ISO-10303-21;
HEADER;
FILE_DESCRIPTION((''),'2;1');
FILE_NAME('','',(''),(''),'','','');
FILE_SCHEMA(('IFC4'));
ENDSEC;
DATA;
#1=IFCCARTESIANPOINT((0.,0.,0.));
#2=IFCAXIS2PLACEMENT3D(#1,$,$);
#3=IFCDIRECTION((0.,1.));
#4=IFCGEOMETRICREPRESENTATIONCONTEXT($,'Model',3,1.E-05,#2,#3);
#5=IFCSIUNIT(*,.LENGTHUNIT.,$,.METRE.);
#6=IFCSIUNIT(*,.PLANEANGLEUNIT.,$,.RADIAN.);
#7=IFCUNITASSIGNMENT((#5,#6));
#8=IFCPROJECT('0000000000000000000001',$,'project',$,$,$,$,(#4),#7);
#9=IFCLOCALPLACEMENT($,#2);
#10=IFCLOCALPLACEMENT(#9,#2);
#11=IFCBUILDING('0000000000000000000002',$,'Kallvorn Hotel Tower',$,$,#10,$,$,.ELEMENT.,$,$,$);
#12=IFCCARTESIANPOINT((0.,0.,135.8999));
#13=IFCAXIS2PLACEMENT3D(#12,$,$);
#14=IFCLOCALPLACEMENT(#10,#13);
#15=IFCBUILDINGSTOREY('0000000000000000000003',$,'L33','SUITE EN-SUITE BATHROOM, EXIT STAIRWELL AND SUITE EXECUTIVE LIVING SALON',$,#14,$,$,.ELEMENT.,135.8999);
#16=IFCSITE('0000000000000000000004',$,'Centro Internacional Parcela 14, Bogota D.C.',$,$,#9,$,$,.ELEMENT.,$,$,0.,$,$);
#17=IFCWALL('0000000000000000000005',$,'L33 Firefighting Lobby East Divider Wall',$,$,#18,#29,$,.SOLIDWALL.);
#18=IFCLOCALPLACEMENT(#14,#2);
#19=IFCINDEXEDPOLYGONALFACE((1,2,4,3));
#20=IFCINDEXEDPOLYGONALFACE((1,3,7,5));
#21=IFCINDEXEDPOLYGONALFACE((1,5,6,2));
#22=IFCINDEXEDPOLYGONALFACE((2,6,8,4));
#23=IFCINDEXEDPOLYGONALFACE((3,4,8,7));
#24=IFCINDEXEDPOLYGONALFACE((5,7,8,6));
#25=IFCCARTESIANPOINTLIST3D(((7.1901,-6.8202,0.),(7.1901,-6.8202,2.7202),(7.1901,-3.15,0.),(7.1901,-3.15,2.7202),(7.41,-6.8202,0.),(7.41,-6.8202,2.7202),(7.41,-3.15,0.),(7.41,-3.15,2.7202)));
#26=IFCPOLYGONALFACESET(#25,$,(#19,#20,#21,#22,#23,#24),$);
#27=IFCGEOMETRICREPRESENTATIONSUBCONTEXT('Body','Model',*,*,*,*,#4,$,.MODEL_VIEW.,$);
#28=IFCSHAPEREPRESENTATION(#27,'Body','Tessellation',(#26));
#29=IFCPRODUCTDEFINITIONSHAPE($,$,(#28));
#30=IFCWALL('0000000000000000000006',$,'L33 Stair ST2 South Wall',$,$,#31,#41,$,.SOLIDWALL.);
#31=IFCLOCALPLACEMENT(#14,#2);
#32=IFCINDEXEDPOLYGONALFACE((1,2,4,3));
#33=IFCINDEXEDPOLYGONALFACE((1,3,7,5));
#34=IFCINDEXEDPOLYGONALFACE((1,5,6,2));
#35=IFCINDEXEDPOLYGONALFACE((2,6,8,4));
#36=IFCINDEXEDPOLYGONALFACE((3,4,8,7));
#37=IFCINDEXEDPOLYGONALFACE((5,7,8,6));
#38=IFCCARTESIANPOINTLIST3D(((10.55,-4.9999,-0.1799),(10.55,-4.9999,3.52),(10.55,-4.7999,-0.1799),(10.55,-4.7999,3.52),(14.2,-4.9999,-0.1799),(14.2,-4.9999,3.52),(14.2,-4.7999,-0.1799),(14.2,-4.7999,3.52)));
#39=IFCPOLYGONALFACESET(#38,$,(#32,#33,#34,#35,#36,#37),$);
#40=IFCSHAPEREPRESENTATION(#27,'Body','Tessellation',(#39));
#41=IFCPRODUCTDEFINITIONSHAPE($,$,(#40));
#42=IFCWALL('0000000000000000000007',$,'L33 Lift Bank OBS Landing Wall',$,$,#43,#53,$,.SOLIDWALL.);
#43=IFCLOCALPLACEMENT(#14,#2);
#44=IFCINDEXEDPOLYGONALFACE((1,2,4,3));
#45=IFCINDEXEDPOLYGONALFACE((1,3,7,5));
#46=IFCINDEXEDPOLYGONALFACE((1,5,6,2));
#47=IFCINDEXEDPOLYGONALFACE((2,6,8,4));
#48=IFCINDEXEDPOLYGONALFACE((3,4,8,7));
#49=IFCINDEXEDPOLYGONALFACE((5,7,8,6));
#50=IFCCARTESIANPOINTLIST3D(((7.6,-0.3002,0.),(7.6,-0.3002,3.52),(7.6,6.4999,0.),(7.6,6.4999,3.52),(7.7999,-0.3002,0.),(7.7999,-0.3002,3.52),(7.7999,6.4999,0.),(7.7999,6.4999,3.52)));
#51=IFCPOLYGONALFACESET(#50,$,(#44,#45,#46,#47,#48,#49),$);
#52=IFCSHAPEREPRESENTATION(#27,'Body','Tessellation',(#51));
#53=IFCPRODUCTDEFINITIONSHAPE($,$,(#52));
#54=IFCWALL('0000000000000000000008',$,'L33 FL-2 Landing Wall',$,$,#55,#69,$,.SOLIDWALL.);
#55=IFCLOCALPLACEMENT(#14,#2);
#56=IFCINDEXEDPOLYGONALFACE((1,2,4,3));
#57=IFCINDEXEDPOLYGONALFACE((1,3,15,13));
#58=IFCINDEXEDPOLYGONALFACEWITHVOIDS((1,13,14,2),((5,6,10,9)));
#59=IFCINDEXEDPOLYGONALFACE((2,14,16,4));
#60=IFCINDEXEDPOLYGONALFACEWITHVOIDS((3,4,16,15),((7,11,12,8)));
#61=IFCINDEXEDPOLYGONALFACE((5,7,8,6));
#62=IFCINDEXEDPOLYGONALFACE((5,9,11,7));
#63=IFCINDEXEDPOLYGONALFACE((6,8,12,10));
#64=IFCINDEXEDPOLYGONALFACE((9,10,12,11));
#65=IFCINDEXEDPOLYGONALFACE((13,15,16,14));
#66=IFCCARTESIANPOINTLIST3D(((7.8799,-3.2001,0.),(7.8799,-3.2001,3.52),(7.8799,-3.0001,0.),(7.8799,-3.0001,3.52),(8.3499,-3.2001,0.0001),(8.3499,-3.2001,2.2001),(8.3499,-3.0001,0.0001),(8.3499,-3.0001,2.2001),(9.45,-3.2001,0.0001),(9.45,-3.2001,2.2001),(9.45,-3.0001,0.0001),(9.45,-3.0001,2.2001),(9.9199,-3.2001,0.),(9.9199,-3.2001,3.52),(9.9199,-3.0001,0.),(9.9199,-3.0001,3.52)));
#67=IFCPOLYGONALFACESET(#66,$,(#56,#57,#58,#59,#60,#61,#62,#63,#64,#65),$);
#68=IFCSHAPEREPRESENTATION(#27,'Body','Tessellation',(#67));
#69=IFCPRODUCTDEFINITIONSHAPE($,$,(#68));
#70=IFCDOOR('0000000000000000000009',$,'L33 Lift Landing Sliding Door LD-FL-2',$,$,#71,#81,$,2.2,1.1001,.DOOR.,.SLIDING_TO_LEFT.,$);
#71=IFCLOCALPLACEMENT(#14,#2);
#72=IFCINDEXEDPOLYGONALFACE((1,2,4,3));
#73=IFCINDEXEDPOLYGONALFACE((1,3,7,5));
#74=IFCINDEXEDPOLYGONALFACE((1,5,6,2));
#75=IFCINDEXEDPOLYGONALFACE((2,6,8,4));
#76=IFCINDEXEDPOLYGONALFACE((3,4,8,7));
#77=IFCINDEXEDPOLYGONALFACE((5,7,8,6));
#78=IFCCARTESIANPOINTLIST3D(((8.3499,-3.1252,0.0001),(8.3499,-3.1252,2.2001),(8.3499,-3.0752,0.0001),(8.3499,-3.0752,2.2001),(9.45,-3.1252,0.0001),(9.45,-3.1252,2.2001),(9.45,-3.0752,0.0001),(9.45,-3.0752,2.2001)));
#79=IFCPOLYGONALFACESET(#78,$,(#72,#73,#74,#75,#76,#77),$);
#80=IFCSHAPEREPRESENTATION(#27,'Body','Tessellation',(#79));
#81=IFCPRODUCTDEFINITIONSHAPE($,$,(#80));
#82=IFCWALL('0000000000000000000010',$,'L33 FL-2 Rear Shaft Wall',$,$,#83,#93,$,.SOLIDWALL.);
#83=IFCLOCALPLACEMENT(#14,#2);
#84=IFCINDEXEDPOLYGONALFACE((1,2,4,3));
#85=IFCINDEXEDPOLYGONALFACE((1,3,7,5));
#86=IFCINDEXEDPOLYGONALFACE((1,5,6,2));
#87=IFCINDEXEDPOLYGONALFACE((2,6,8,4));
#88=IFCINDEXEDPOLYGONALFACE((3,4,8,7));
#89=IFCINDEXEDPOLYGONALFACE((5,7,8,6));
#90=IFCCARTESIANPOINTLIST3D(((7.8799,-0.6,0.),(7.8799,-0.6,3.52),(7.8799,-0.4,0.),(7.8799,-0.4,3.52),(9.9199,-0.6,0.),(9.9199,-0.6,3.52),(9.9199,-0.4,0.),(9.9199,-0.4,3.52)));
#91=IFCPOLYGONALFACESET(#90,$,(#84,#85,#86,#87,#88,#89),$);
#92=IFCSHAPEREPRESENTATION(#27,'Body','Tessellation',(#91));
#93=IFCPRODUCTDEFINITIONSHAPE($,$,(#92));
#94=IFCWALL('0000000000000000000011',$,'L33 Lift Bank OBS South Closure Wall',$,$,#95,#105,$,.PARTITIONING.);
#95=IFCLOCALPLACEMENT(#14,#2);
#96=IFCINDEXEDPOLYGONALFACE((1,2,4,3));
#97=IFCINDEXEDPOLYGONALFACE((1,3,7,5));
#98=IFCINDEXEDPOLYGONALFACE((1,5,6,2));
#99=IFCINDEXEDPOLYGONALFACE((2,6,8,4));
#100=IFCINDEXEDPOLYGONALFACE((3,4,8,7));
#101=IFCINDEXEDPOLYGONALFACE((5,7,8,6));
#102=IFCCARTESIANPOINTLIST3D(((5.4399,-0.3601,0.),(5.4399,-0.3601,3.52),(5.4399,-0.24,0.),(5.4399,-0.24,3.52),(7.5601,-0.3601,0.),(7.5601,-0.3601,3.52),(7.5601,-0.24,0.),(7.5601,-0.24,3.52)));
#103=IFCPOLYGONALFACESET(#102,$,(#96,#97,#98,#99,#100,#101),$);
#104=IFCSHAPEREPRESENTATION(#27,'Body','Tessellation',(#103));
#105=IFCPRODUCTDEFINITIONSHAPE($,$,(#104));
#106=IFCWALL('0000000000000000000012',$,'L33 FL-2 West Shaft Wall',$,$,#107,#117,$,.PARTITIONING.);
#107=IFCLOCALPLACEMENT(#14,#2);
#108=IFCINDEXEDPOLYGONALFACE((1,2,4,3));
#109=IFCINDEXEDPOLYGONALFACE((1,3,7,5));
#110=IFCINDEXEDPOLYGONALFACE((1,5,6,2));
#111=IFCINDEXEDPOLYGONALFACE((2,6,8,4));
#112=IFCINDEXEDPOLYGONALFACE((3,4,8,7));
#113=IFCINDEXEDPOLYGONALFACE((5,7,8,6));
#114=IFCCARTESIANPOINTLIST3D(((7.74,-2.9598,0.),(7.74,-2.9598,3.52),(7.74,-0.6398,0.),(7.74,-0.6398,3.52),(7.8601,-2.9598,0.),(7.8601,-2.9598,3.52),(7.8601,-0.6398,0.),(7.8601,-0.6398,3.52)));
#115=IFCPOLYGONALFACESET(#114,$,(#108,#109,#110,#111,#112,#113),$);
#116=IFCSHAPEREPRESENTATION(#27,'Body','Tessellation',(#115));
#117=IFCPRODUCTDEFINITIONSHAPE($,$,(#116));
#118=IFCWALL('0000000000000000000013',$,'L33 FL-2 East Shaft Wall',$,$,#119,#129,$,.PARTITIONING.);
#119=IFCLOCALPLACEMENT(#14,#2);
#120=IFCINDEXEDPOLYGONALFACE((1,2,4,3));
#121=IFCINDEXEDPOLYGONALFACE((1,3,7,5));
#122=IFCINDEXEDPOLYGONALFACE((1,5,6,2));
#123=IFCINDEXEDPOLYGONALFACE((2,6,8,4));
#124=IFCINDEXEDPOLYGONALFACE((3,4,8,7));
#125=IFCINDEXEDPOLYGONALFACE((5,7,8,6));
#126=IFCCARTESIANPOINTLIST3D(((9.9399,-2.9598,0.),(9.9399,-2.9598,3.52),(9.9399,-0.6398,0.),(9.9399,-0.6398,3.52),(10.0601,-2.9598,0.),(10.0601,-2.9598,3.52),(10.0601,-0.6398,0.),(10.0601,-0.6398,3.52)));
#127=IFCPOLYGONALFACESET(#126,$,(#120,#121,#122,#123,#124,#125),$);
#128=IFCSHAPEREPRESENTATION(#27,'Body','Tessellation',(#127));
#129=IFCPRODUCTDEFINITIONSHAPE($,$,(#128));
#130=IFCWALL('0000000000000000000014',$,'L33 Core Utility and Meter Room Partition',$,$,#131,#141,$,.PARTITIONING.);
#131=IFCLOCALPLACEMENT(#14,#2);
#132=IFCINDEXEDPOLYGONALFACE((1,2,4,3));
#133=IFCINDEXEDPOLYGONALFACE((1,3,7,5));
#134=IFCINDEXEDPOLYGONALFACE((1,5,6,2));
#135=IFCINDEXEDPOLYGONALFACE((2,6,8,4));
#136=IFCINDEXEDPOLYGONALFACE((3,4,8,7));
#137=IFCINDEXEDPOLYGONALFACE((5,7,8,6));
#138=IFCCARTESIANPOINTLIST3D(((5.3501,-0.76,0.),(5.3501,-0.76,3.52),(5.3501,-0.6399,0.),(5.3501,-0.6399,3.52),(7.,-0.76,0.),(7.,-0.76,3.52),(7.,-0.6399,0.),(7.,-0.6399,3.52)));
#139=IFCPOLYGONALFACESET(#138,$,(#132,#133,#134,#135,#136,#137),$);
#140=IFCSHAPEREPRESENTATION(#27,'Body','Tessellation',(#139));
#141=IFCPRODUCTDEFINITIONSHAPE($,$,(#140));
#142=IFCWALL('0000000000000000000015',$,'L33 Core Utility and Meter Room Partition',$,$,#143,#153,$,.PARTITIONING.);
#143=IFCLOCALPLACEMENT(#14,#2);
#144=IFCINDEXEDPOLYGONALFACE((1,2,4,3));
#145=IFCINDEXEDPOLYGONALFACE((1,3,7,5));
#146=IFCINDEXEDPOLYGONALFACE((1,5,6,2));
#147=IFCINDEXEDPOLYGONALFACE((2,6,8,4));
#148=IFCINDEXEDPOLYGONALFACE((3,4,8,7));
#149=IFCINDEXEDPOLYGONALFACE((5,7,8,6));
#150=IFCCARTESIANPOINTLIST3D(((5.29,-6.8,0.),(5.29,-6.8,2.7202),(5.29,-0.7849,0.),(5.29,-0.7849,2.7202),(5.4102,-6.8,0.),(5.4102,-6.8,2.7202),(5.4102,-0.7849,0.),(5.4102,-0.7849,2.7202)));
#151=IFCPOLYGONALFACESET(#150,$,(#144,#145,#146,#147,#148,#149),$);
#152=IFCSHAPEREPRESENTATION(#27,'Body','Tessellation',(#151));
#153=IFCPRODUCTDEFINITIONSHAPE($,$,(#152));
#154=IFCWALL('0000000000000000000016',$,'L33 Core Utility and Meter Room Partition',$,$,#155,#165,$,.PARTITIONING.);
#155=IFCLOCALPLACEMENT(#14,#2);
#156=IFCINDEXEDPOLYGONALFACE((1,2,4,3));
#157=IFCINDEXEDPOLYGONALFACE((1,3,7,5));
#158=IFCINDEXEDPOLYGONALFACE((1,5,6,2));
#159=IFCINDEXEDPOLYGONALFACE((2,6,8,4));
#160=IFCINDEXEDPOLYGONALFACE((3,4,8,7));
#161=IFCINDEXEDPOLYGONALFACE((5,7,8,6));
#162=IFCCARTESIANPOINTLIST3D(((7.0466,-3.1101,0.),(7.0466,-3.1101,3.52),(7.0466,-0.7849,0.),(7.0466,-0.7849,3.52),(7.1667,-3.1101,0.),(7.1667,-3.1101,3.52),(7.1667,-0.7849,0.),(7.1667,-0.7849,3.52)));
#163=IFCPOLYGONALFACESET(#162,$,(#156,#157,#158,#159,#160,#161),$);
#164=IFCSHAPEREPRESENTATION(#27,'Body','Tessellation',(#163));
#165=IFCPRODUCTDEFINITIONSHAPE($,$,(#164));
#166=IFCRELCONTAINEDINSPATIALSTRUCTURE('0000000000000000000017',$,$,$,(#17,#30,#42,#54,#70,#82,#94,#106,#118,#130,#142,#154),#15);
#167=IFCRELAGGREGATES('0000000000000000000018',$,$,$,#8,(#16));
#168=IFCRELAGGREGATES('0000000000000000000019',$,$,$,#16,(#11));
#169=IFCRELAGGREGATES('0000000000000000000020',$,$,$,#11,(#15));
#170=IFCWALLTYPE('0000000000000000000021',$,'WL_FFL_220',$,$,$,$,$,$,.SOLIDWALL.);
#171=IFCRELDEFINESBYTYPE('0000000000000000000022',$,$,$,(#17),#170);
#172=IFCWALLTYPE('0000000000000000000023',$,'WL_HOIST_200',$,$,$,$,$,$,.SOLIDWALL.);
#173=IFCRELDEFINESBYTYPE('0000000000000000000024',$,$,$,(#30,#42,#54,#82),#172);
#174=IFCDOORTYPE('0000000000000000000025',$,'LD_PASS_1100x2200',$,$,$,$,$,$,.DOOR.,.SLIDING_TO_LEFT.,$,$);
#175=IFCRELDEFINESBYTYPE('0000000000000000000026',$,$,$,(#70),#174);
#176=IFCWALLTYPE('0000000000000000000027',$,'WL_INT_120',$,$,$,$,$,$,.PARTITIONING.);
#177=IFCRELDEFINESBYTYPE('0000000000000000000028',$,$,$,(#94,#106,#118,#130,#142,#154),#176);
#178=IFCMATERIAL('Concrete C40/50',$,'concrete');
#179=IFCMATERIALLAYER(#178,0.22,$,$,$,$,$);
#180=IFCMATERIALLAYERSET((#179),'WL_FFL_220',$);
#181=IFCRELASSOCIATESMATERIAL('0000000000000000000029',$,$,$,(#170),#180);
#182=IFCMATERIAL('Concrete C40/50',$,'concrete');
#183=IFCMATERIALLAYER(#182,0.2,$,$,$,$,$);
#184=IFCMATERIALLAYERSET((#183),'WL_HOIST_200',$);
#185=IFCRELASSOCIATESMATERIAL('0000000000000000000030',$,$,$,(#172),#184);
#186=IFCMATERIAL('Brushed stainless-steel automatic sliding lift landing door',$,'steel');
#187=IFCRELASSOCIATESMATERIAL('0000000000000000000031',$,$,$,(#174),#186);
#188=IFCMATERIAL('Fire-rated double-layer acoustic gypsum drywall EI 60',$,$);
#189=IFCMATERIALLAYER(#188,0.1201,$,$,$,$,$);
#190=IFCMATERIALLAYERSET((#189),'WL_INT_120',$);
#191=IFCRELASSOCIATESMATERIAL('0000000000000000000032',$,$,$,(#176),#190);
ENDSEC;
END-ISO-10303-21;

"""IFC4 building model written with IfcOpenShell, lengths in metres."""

from ifc_helpers import new_model, si_unit, direction, frame, frame_2d, origin, place, context, subcontext, project, spatial, rectangle, extrude, material, layer, layer_set, type_object, element, fill, save


model = new_model("IFC4")

# Units and contexts
model_context = context("Model", 3, precision=1e-05, world=origin(), true_north=direction((0.0, 1.0)))
body_context = subcontext(model_context, "Body", "Model", "MODEL_VIEW")
ifc_project = project(units=[si_unit("LENGTHUNIT", "METRE"), si_unit("PLANEANGLEUNIT", "RADIAN")], contexts=[model_context])

# Site, building, storey
site_placement = place(None, origin())
site = spatial("IfcSite", under=ifc_project, at=site_placement, Name="Centro Internacional Parcela 14, Bogota D.C.", CompositionType="ELEMENT", RefElevation=0.0)
building_placement = place(site_placement, origin())
building = spatial("IfcBuilding", under=site, at=building_placement, Name="Kallvorn Hotel Tower", CompositionType="ELEMENT")
storey_placement = place(building_placement, frame((0.0, 0.0, 135.8999)))
storey = spatial("IfcBuildingStorey", under=building, at=storey_placement, Name="L33", Description="SUITE EN-SUITE BATHROOM, EXIT STAIRWELL AND SUITE EXECUTIVE LIVING SALON", CompositionType="ELEMENT", Elevation=135.8999)

# Walls
ifc_material_1 = material(Name="Concrete C40/50", Category="concrete")
ifc_layer_1 = layer(ifc_material_1, 0.22)
ifc_layer_set_1 = layer_set([ifc_layer_1], Name="WL_FFL_220")
wall_type_1 = type_object("IfcWallType", Name="WL_FFL_220", PredefinedType="SOLIDWALL", material=ifc_layer_set_1)
wall_1_placement = place(storey_placement, frame((7.3, -6.8201, 0.0), z_axis=(0.0, 0.0, 1.0), x_axis=(0.0, 1.0, 0.0)))
element("IfcWall", 1, at=wall_1_placement, inside=storey, type_object=wall_type_1, Name="L33 Firefighting Lobby East Divider Wall", PredefinedType="SOLIDWALL", context=body_context, shape_type="SweptSolid", body=[
    extrude(rectangle(XDim=3.6702, YDim=0.22, at=frame_2d((1.835, 0.0))), origin(), (0.0, 0.0, 1.0), 2.7202),
])
ifc_material_2 = material(Name="Concrete C40/50", Category="concrete")
ifc_layer_2 = layer(ifc_material_2, 0.2)
ifc_layer_set_2 = layer_set([ifc_layer_2], Name="WL_HOIST_200")
wall_type_2 = type_object("IfcWallType", Name="WL_HOIST_200", PredefinedType="SOLIDWALL", material=ifc_layer_set_2)
wall_2_placement = place(storey_placement, frame((10.55, -4.8999, -0.1799), z_axis=(0.0, 0.0, 1.0), x_axis=(1.0, 0.0, 0.0)))
element("IfcWall", 2, at=wall_2_placement, inside=storey, type_object=wall_type_2, Name="L33 Stair ST2 South Wall", PredefinedType="SOLIDWALL", context=body_context, shape_type="SweptSolid", body=[
    extrude(rectangle(XDim=3.6499, YDim=0.2, at=frame_2d((1.825, 0.0))), origin(), (0.0, 0.0, 1.0), 3.7),
])
wall_3_placement = place(storey_placement, frame((7.7, -0.3, 0.0), z_axis=(0.0, 0.0, 1.0), x_axis=(0.0, 1.0, 0.0)))
element("IfcWall", 3, at=wall_3_placement, inside=storey, type_object=wall_type_2, Name="L33 Lift Bank OBS Landing Wall", PredefinedType="SOLIDWALL", context=body_context, shape_type="SweptSolid", body=[
    extrude(rectangle(XDim=6.8, YDim=0.2, at=frame_2d((3.3999, 0.0))), origin(), (0.0, 0.0, 1.0), 3.52),
])

# Wall, opening, door
wall_4_placement = place(storey_placement, frame((7.8799, -3.1001, 0.0), z_axis=(0.0, 0.0, 1.0), x_axis=(1.0, 0.0, 0.0)))
wall_4 = element("IfcWall", 4, at=wall_4_placement, inside=storey, type_object=wall_type_2, Name="L33 FL-2 Landing Wall", PredefinedType="SOLIDWALL", context=body_context, shape_type="SweptSolid", body=[
    extrude(rectangle(XDim=2.04, YDim=0.2, at=frame_2d((1.02, 0.0))), origin(), (0.0, 0.0, 1.0), 3.52),
])
opening_1_placement = place(wall_4_placement, frame((0.47, 0.0, 0.0)))
opening_1 = element("IfcOpeningElement", 5, at=opening_1_placement, cuts=wall_4, PredefinedType="OPENING", context=body_context, shape_type="SweptSolid", body=[
    extrude(rectangle(XDim=1.1001, YDim=2.2, at=frame_2d((0.55, 1.1001))), frame((0.0, 0.115, 0.0), z_axis=(0.0, -1.0, 0.0), x_axis=(1.0, 0.0, 0.0)), (0.0, 0.0, 1.0), 0.23),
])
ifc_material_3 = material(Name="Brushed stainless-steel automatic sliding lift landing door", Category="steel")
door_type_1 = type_object("IfcDoorType", Name="LD_PASS_1100x2200", OperationType="SLIDING_TO_LEFT", PredefinedType="DOOR", material=ifc_material_3)
door_1_placement = place(opening_1_placement, origin())
door_1 = element("IfcDoor", 6, at=door_1_placement, inside=storey, type_object=door_type_1, Name="L33 Lift Landing Sliding Door LD-FL-2", OperationType="SLIDING_TO_LEFT", OverallHeight=2.2, OverallWidth=1.1001, PredefinedType="DOOR", context=body_context, shape_type="SweptSolid", body=[
    extrude(rectangle(XDim=1.1001, YDim=2.2, at=frame_2d((0.55, 1.1001))), frame((0.0, 0.0249, 0.0), z_axis=(0.0, -1.0, 0.0), x_axis=(1.0, 0.0, 0.0)), (0.0, 0.0, 1.0), 0.05),
])
fill(opening_1, door_1)

# Walls
wall_5_placement = place(storey_placement, frame((7.8799, -0.5, 0.0), z_axis=(0.0, 0.0, 1.0), x_axis=(1.0, 0.0, 0.0)))
element("IfcWall", 7, at=wall_5_placement, inside=storey, type_object=wall_type_2, Name="L33 FL-2 Rear Shaft Wall", PredefinedType="SOLIDWALL", context=body_context, shape_type="SweptSolid", body=[
    extrude(rectangle(XDim=2.04, YDim=0.2, at=frame_2d((1.02, 0.0))), origin(), (0.0, 0.0, 1.0), 3.52),
])
ifc_material_4 = material(Name="Fire-rated double-layer acoustic gypsum drywall EI 60")
ifc_layer_3 = layer(ifc_material_4, 0.1201)
ifc_layer_set_3 = layer_set([ifc_layer_3], Name="WL_INT_120")
wall_type_3 = type_object("IfcWallType", Name="WL_INT_120", PredefinedType="PARTITIONING", material=ifc_layer_set_3)
wall_6_placement = place(storey_placement, frame((5.4399, -0.3, 0.0), z_axis=(0.0, 0.0, 1.0), x_axis=(1.0, 0.0, 0.0)))
element("IfcWall", 8, at=wall_6_placement, inside=storey, type_object=wall_type_3, Name="L33 Lift Bank OBS South Closure Wall", PredefinedType="PARTITIONING", context=body_context, shape_type="SweptSolid", body=[
    extrude(rectangle(XDim=2.1201, YDim=0.1201, at=frame_2d((1.0601, 0.0))), origin(), (0.0, 0.0, 1.0), 3.52),
])
for number, where, z_axis, x_axis, name in (
    (9, (7.8, -2.96, 0.0), (0.0, 0.0, 1.0), (0.0, 1.0, 0.0), "L33 FL-2 West Shaft Wall"),
    (10, (10.0, -2.96, 0.0), (0.0, 0.0, 1.0), (0.0, 1.0, 0.0), "L33 FL-2 East Shaft Wall"),
):
    element("IfcWall", number, at=place(storey_placement, frame(where, z_axis=z_axis, x_axis=x_axis)), inside=storey, type_object=wall_type_3, Name=name, PredefinedType="PARTITIONING", context=body_context, shape_type="SweptSolid", body=[
        extrude(rectangle(XDim=2.3201, YDim=0.1201, at=frame_2d((1.1602, 0.0))), origin(), (0.0, 0.0, 1.0), 3.52),
    ])
wall_7_placement = place(storey_placement, frame((5.3501, -0.7, 0.0), z_axis=(0.0, 0.0, 1.0), x_axis=(1.0, 0.0, 0.0)))
element("IfcWall", 11, at=wall_7_placement, inside=storey, type_object=wall_type_3, Name="L33 Core Utility and Meter Room Partition", PredefinedType="PARTITIONING", context=body_context, shape_type="SweptSolid", body=[
    extrude(rectangle(XDim=1.6499, YDim=0.1201, at=frame_2d((0.825, 0.0))), origin(), (0.0, 0.0, 1.0), 3.52),
])
wall_8_placement = place(storey_placement, frame((5.3501, -6.8, 0.0), z_axis=(0.0, 0.0, 1.0), x_axis=(0.0, 1.0, 0.0)))
element("IfcWall", 12, at=wall_8_placement, inside=storey, type_object=wall_type_3, Name="L33 Core Utility and Meter Room Partition", PredefinedType="PARTITIONING", context=body_context, shape_type="SweptSolid", body=[
    extrude(rectangle(XDim=6.0151, YDim=0.1201, at=frame_2d((3.0076, 0.0))), origin(), (0.0, 0.0, 1.0), 2.7202),
])
wall_9_placement = place(storey_placement, frame((7.1067, -3.1101, 0.0), z_axis=(0.0, 0.0, 1.0), x_axis=(0.0, 1.0, 0.0)))
element("IfcWall", 13, at=wall_9_placement, inside=storey, type_object=wall_type_3, Name="L33 Core Utility and Meter Room Partition", PredefinedType="PARTITIONING", context=body_context, shape_type="SweptSolid", body=[
    extrude(rectangle(XDim=2.3252, YDim=0.1201, at=frame_2d((1.1626, 0.0))), origin(), (0.0, 0.0, 1.0), 3.52),
])

save(model, "model.ifc")
